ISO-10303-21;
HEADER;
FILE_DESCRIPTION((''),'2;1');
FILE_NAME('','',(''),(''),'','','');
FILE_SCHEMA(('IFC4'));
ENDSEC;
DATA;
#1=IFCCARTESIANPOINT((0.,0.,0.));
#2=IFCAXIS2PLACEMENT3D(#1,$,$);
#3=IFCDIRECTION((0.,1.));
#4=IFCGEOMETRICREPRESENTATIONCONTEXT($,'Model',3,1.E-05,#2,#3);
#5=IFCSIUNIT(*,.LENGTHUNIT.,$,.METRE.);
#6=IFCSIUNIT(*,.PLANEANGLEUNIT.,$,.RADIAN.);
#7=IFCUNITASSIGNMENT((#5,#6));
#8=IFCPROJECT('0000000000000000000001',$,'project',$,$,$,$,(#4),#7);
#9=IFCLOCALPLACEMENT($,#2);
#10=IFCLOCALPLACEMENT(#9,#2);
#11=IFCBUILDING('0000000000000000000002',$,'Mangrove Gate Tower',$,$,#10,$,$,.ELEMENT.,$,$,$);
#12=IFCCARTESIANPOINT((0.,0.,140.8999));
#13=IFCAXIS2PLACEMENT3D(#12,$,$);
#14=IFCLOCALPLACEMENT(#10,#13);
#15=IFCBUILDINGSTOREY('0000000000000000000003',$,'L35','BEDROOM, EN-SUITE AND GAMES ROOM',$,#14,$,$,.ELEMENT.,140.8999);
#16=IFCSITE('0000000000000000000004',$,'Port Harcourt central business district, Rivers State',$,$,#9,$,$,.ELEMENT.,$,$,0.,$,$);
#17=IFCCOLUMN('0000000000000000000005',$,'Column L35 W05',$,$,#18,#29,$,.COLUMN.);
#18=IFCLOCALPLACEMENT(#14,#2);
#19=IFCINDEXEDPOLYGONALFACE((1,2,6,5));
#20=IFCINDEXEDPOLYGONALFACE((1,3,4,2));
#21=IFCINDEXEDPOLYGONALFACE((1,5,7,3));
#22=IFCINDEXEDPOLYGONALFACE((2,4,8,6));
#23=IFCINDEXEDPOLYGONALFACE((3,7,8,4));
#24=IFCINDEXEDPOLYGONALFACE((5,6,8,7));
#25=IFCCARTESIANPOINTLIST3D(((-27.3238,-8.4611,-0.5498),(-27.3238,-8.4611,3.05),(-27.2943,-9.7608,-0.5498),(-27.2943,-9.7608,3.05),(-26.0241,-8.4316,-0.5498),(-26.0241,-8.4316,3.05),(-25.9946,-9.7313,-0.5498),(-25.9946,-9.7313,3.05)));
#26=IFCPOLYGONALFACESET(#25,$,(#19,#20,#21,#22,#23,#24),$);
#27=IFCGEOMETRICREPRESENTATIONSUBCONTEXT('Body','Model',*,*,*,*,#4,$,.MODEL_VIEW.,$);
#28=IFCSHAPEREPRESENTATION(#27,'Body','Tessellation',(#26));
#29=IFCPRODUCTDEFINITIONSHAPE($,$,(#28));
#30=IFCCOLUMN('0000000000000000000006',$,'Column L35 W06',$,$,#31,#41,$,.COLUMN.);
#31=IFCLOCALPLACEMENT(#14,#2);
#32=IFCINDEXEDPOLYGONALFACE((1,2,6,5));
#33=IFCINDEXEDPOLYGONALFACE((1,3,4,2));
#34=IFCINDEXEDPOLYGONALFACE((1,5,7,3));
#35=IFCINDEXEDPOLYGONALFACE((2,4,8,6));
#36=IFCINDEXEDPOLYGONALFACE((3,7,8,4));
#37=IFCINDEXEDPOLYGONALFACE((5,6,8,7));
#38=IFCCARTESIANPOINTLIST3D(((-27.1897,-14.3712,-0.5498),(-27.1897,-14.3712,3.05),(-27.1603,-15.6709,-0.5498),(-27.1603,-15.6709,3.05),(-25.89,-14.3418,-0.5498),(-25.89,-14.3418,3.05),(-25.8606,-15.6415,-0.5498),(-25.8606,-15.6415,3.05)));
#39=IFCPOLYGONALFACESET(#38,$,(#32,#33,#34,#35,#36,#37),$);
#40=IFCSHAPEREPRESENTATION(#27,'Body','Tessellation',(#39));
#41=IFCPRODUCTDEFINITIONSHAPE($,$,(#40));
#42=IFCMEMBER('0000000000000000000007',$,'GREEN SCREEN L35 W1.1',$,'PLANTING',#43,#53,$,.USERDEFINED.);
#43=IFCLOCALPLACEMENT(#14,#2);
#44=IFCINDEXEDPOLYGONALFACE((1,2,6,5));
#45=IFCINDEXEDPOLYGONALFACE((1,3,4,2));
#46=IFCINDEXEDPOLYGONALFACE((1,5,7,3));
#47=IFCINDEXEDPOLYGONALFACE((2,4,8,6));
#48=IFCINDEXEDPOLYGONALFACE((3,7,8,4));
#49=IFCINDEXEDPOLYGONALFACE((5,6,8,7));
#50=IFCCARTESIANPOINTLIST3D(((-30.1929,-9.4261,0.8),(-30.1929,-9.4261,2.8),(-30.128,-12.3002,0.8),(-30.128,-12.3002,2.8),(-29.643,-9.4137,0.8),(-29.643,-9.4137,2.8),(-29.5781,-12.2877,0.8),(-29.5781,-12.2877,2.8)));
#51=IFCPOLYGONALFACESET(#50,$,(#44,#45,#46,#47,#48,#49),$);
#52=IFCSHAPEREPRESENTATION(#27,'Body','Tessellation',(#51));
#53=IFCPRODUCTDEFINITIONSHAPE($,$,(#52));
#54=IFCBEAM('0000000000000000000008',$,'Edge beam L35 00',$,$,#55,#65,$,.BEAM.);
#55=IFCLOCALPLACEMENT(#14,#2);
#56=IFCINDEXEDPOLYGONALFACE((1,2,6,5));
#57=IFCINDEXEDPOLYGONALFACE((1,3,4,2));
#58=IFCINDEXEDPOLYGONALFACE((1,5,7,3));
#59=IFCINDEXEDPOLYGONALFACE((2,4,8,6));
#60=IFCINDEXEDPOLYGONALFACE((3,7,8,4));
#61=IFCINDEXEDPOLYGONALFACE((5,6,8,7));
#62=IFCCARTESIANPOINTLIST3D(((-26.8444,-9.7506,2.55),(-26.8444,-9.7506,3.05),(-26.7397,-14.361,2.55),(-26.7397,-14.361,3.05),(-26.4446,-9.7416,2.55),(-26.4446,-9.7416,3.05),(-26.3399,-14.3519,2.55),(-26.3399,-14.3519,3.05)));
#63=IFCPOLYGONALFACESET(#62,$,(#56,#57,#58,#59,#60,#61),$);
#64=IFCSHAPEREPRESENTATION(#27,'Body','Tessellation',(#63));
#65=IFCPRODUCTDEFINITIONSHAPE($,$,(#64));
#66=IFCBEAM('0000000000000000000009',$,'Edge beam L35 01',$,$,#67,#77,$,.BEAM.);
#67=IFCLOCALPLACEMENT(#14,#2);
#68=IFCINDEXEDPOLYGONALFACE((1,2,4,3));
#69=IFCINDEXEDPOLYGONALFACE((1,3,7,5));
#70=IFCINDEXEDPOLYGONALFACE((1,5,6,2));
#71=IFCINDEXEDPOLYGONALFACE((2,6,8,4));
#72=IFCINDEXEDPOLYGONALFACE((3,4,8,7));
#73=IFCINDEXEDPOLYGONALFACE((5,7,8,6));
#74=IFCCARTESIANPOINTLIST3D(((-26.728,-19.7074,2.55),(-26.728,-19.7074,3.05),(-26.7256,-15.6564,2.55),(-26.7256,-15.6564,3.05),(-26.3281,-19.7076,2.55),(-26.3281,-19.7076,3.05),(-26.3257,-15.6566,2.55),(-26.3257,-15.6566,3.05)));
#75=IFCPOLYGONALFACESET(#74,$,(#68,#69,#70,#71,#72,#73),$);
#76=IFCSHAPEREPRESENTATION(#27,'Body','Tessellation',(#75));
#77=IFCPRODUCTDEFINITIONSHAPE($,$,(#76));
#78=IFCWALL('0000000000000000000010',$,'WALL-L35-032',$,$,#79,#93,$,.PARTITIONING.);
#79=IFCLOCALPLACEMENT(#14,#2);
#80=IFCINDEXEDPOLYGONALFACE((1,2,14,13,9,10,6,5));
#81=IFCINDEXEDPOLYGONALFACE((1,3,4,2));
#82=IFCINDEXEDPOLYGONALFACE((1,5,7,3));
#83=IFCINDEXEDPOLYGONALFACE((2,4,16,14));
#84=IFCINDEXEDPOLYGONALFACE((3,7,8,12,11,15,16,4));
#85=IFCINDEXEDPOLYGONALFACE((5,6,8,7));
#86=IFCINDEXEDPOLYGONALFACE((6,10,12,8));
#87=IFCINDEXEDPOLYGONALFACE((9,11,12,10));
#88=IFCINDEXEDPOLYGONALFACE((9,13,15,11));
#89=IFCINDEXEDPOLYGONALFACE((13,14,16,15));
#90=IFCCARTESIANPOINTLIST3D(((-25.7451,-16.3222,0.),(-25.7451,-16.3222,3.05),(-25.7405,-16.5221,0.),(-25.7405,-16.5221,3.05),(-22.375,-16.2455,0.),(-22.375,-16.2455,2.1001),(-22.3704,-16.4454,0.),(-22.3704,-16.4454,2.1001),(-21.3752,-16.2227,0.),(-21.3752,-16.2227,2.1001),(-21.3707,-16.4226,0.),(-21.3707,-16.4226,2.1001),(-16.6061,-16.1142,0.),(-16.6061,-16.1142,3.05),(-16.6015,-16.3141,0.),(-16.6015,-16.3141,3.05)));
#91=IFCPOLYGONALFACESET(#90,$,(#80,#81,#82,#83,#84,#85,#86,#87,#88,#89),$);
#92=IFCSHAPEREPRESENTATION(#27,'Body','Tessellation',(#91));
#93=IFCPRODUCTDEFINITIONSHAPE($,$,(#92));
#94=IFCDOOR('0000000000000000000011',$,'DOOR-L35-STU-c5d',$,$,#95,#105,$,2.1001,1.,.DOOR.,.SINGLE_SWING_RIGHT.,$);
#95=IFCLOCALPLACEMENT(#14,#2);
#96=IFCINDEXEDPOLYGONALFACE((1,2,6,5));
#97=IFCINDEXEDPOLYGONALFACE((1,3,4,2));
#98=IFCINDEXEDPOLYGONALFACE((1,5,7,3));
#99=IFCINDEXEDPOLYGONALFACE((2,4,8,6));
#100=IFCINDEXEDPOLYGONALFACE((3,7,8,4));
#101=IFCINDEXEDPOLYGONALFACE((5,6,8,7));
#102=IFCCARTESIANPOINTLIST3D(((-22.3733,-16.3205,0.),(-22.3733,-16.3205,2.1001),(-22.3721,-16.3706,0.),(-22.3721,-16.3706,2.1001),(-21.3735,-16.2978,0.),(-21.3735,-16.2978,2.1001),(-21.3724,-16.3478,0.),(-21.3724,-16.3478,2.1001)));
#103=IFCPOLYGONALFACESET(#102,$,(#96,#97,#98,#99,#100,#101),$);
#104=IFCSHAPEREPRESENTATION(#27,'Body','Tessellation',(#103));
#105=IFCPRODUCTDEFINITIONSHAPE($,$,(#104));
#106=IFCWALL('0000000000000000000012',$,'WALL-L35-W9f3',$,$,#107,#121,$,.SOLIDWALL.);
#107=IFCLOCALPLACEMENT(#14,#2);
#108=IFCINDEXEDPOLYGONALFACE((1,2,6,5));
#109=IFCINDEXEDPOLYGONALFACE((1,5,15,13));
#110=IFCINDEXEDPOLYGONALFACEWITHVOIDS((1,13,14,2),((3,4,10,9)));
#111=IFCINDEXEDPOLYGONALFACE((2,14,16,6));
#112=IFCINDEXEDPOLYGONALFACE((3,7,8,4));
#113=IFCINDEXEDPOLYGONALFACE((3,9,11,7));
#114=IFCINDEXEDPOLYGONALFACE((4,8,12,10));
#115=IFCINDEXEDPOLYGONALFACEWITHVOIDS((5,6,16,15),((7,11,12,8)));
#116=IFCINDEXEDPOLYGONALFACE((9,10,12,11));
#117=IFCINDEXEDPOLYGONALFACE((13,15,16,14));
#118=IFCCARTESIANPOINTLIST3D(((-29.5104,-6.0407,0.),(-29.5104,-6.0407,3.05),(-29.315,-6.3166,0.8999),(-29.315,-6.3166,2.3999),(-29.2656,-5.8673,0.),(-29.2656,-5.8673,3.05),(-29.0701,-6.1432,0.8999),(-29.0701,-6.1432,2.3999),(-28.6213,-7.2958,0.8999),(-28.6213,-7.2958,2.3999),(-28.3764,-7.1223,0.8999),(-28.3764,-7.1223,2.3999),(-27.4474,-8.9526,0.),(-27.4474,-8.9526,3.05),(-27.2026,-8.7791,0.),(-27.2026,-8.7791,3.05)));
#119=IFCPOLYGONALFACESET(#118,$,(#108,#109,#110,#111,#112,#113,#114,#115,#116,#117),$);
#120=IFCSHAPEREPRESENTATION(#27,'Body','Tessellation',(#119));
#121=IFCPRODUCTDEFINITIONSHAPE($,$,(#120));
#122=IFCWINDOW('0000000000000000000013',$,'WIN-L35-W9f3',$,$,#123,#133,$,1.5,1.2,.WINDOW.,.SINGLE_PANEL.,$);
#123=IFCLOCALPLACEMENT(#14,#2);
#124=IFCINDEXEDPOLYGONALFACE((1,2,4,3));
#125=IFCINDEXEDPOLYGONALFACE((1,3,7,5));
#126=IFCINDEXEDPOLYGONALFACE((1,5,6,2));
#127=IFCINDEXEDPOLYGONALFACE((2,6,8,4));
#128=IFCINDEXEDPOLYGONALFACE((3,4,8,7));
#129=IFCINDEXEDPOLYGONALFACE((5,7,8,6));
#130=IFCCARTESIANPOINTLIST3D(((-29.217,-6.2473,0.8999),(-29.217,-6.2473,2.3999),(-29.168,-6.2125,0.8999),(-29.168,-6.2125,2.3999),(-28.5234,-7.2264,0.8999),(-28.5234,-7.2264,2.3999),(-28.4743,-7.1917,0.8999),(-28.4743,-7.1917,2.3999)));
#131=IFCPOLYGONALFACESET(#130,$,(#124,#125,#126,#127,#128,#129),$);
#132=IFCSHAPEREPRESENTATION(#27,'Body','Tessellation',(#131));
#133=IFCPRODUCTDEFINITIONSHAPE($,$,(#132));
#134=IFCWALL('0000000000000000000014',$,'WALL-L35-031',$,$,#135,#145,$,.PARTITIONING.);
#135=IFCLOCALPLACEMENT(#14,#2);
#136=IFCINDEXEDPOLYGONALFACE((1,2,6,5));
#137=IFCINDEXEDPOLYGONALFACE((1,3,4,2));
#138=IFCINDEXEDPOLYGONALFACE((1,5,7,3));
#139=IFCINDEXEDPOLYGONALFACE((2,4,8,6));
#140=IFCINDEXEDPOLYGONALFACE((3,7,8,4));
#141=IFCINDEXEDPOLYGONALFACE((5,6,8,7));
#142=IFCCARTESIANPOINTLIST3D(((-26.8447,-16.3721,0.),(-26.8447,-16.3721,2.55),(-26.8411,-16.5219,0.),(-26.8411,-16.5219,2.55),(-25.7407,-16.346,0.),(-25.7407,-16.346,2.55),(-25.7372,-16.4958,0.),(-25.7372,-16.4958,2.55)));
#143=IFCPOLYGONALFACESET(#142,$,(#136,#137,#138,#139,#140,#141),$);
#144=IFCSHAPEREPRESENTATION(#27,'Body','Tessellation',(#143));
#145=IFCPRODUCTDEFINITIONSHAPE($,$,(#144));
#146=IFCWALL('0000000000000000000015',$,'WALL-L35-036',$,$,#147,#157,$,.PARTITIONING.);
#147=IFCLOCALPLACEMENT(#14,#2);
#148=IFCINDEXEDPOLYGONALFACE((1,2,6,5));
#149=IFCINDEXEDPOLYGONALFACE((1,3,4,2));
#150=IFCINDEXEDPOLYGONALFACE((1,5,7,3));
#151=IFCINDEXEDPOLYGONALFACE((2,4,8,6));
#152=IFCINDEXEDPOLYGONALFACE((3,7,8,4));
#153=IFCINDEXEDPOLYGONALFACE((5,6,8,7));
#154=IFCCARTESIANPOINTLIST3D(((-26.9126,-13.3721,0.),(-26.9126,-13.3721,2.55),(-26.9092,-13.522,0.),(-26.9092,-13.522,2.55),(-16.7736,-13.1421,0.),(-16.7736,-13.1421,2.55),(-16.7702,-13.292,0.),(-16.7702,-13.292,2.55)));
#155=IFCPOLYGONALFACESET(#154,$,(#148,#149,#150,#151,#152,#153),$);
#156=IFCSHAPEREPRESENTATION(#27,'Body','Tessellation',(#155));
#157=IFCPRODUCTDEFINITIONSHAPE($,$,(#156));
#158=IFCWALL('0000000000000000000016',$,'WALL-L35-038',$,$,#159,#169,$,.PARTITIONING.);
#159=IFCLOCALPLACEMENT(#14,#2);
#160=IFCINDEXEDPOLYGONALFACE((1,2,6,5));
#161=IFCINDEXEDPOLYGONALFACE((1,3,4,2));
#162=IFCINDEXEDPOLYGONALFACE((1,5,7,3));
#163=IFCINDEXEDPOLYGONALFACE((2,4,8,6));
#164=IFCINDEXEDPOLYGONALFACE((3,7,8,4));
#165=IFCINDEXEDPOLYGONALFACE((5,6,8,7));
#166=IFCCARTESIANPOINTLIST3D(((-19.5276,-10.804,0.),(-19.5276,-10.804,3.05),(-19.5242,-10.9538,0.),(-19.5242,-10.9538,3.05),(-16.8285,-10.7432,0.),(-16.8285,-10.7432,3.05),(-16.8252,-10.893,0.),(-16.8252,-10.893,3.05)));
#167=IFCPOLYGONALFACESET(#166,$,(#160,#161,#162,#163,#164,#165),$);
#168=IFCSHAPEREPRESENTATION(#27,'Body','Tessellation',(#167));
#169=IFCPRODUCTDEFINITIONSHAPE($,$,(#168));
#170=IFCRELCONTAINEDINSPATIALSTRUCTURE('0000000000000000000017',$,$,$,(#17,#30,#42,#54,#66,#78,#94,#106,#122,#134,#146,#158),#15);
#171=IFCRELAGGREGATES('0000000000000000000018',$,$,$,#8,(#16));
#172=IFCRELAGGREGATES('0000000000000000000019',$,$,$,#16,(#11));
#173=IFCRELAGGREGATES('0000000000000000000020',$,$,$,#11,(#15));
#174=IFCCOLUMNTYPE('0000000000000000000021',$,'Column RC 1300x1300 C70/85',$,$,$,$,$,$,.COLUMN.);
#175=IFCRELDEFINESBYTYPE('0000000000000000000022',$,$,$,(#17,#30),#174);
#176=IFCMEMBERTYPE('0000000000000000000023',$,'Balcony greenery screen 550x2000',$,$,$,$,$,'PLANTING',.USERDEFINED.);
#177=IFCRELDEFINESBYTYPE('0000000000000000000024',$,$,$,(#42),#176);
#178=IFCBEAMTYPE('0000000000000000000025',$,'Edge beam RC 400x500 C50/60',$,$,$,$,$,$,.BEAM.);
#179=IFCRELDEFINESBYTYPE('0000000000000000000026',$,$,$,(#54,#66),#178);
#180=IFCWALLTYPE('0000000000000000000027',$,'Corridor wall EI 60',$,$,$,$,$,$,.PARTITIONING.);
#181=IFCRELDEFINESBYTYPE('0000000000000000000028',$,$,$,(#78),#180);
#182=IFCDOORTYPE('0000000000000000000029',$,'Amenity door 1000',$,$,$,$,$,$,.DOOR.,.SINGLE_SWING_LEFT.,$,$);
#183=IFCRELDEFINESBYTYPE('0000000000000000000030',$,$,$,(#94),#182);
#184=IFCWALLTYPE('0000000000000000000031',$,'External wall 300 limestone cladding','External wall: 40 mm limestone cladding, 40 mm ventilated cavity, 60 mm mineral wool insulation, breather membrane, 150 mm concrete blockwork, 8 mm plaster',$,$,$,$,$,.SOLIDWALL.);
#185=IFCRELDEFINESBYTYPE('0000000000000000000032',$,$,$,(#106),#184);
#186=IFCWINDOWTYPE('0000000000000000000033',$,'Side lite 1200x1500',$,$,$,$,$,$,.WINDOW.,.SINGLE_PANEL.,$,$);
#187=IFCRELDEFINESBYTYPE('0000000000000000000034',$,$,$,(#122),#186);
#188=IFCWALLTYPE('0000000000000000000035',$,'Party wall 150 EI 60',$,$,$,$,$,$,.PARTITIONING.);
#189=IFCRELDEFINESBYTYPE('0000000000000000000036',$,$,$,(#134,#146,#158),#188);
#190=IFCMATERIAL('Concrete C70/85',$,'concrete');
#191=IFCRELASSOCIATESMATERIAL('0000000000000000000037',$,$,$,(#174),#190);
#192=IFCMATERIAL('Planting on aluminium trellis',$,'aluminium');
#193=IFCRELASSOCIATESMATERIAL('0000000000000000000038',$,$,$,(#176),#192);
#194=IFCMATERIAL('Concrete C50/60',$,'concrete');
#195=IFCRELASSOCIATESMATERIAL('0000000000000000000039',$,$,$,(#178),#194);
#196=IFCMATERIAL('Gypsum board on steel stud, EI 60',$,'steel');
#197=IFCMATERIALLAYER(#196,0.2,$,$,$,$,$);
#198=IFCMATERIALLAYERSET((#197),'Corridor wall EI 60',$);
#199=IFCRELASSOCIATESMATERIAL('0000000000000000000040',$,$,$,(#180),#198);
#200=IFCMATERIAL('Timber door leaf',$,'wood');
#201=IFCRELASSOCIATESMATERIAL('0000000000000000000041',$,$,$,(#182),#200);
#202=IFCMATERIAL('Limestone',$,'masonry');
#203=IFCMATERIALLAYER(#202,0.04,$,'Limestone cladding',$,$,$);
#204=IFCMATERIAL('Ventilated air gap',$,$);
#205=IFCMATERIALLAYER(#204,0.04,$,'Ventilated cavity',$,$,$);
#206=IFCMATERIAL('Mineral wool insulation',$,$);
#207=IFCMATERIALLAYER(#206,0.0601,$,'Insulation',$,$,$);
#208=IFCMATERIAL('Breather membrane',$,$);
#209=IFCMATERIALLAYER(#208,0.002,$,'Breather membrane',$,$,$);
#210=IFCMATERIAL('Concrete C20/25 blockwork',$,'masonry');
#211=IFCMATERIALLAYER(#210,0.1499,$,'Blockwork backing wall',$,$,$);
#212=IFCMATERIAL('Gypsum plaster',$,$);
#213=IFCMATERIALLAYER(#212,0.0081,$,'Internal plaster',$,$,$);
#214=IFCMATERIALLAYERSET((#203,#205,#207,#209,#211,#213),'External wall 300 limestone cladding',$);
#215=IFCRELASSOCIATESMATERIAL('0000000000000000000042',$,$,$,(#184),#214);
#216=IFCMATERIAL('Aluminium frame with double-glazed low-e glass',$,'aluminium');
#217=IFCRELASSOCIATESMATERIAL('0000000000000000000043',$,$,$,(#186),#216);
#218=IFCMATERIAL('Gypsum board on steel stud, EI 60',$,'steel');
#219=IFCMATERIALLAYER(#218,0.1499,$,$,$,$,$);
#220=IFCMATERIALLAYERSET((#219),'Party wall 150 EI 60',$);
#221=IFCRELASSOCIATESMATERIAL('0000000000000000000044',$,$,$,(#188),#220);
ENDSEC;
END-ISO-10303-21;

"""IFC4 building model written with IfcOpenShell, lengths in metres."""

from ifc_helpers import new_model, si_unit, direction, frame, frame_2d, origin, origin_2d, place, context, subcontext, project, spatial, rectangle, extrude, material, layer, layer_set, material_profile, profile_set, type_object, element, fill, save


model = new_model("IFC4")

# Units and contexts
model_context = context("Model", 3, precision=1e-05, world=origin(), true_north=direction((0.0, 1.0)))
body_context = subcontext(model_context, "Body", "Model", "MODEL_VIEW")
ifc_project = project(units=[si_unit("LENGTHUNIT", "METRE"), si_unit("PLANEANGLEUNIT", "RADIAN")], contexts=[model_context])

# Site, building, storey
site_placement = place(None, origin())
site = spatial("IfcSite", under=ifc_project, at=site_placement, Name="Port Harcourt central business district, Rivers State", CompositionType="ELEMENT", RefElevation=0.0)
building_placement = place(site_placement, origin())
building = spatial("IfcBuilding", under=site, at=building_placement, Name="Mangrove Gate Tower", CompositionType="ELEMENT")
storey_placement = place(building_placement, frame((0.0, 0.0, 140.8999)))
storey = spatial("IfcBuildingStorey", under=building, at=storey_placement, Name="L35", Description="BEDROOM, EN-SUITE AND GAMES ROOM", CompositionType="ELEMENT", Elevation=140.8999)

# Columns
ifc_material_1 = material(Name="Concrete C70/85", Category="concrete")
ifc_material_profile_1 = material_profile(ifc_material_1, rectangle(XDim=1.3, YDim=1.3, at=origin_2d()))
ifc_profile_set_1 = profile_set([ifc_material_profile_1], Name="Concrete C70/85")
column_type = type_object("IfcColumnType", Name="Column RC 1300x1300 C70/85", PredefinedType="COLUMN", material=ifc_profile_set_1)
for number, where, z_axis, x_axis, name in (
    (1, (-26.6592, -9.0962, -0.5498), (0.0, 0.0, 1.0), (0.022682, -0.999743, 0.0), "Column L35 W05"),
    (2, (-26.5251, -15.0063, -0.5498), (0.0, 0.0, 1.0), (0.022666, -0.999743, 0.0), "Column L35 W06"),
):
    element("IfcColumn", number, at=place(storey_placement, frame(where, z_axis=z_axis, x_axis=x_axis)), inside=storey, type_object=column_type, Name=name, PredefinedType="COLUMN", context=body_context, shape_type="SweptSolid", body=[
        extrude(rectangle(XDim=1.3, YDim=1.3, at=origin_2d()), origin(), (0.0, 0.0, 1.0), 3.5999),
    ])

# Member
ifc_material_2 = material(Name="Planting on aluminium trellis", Category="aluminium")
ifc_material_profile_2 = material_profile(ifc_material_2, rectangle(XDim=0.55, YDim=2.0, at=origin_2d()))
ifc_profile_set_2 = profile_set([ifc_material_profile_2], Name="Planting on aluminium trellis")
member_type = type_object("IfcMemberType", Name="Balcony greenery screen 550x2000", ElementType="PLANTING", PredefinedType="USERDEFINED", material=ifc_profile_set_2)
member_placement = place(storey_placement, frame((-29.853, -12.2939, 1.8), z_axis=(-0.02259, 0.999745, 0.0), x_axis=(-0.999745, -0.02259, 0.0)))
element("IfcMember", 3, at=member_placement, inside=storey, type_object=member_type, Name="GREEN SCREEN L35 W1.1", ObjectType="PLANTING", PredefinedType="USERDEFINED", context=body_context, shape_type="SweptSolid", body=[
    extrude(rectangle(XDim=0.55, YDim=2.0, at=origin_2d()), origin(), (0.0, 0.0, 1.0), 2.8748),
])

# Beams
ifc_material_3 = material(Name="Concrete C50/60", Category="concrete")
ifc_material_profile_3 = material_profile(ifc_material_3, rectangle(XDim=0.3999, YDim=0.5, at=origin_2d()))
ifc_profile_set_3 = profile_set([ifc_material_profile_3], Name="Concrete C50/60")
beam_type = type_object("IfcBeamType", Name="Edge beam RC 400x500 C50/60", PredefinedType="BEAM", material=ifc_profile_set_3)
beam_1_placement = place(storey_placement, frame((-26.6445, -9.7461, 2.8), z_axis=(0.022712, -0.999742, 0.0), x_axis=(0.999742, 0.022712, 0.0)))
element("IfcBeam", 4, at=beam_1_placement, inside=storey, type_object=beam_type, Name="Edge beam L35 00", PredefinedType="BEAM", context=body_context, shape_type="SweptSolid", body=[
    extrude(rectangle(XDim=0.3999, YDim=0.5, at=origin_2d()), origin(), (0.0, 0.0, 1.0), 4.6116),
])
beam_2_placement = place(storey_placement, frame((-26.5256, -15.6565, 2.8), z_axis=(-0.000603, -1.0, 0.0), x_axis=(1.0, -0.000603, 0.0)))
element("IfcBeam", 5, at=beam_2_placement, inside=storey, type_object=beam_type, Name="Edge beam L35 01", PredefinedType="BEAM", context=body_context, shape_type="SweptSolid", body=[
    extrude(rectangle(XDim=0.3999, YDim=0.5, at=origin_2d()), origin(), (0.0, 0.0, 1.0), 4.051),
])

# Wall, opening, door
ifc_material_4 = material(Name="Gypsum board on steel stud, EI 60", Category="steel")
ifc_layer_1 = layer(ifc_material_4, 0.2)
ifc_layer_set_1 = layer_set([ifc_layer_1], Name="Corridor wall EI 60")
wall_type_1 = type_object("IfcWallType", Name="Corridor wall EI 60", PredefinedType="PARTITIONING", material=ifc_layer_set_1)
wall_1_placement = place(storey_placement, frame((-25.7429, -16.4221, 0.0), z_axis=(0.0, 0.0, 1.0), x_axis=(0.999741, 0.022755, 0.0)))
wall_1 = element("IfcWall", 6, at=wall_1_placement, inside=storey, type_object=wall_type_1, Name="WALL-L35-032", PredefinedType="PARTITIONING", context=body_context, shape_type="SweptSolid", body=[
    extrude(rectangle(XDim=9.1414, YDim=0.2, at=frame_2d((4.5708, 0.0))), origin(), (0.0, 0.0, 1.0), 3.05),
])
opening_1_placement = place(wall_1_placement, frame((3.3711, 0.0, 0.0)))
opening_1 = element("IfcOpeningElement", 7, at=opening_1_placement, cuts=wall_1, PredefinedType="OPENING", context=body_context, shape_type="SweptSolid", body=[
    extrude(rectangle(XDim=1.0, YDim=2.1001, at=frame_2d((0.5, 1.05))), frame((0.0, 0.1099, 0.0), z_axis=(0.0, -1.0, 0.0), x_axis=(1.0, 0.0, 0.0)), (0.0, 0.0, 1.0), 0.22),
])
ifc_material_5 = material(Name="Timber door leaf", Category="wood")
door_type_1 = type_object("IfcDoorType", Name="Amenity door 1000", OperationType="SINGLE_SWING_LEFT", PredefinedType="DOOR", material=ifc_material_5)
door_1_placement = place(opening_1_placement, origin())
door_1 = element("IfcDoor", 8, at=door_1_placement, inside=storey, type_object=door_type_1, Name="DOOR-L35-STU-c5d", OperationType="SINGLE_SWING_RIGHT", OverallHeight=2.1001, OverallWidth=1.0, PredefinedType="DOOR", context=body_context, shape_type="SweptSolid", body=[
    extrude(rectangle(XDim=1.0, YDim=2.1001, at=frame_2d((0.5, 1.05))), frame((0.0, 0.0249, 0.0), z_axis=(0.0, -1.0, 0.0), x_axis=(1.0, 0.0, 0.0)), (0.0, 0.0, 1.0), 0.05),
])
fill(opening_1, door_1)

# Wall, opening, window
ifc_material_6 = material(Name="Limestone", Category="masonry")
ifc_layer_2 = layer(ifc_material_6, 0.04, Name="Limestone cladding")
ifc_material_7 = material(Name="Ventilated air gap")
ifc_layer_3 = layer(ifc_material_7, 0.04, Name="Ventilated cavity")
ifc_material_8 = material(Name="Mineral wool insulation")
ifc_layer_4 = layer(ifc_material_8, 0.0601, Name="Insulation")
ifc_material_9 = material(Name="Breather membrane")
ifc_layer_5 = layer(ifc_material_9, 0.002, Name="Breather membrane")
ifc_material_10 = material(Name="Concrete C20/25 blockwork", Category="masonry")
ifc_layer_6 = layer(ifc_material_10, 0.1499, Name="Blockwork backing wall")
ifc_material_11 = material(Name="Gypsum plaster")
ifc_layer_7 = layer(ifc_material_11, 0.0081, Name="Internal plaster")
ifc_layer_set_2 = layer_set([ifc_layer_2, ifc_layer_3, ifc_layer_4, ifc_layer_5, ifc_layer_6, ifc_layer_7], Name="External wall 300 limestone cladding")
wall_type_2 = type_object("IfcWallType", Name="External wall 300 limestone cladding", Description="External wall: 40 mm limestone cladding, 40 mm ventilated cavity, 60 mm mineral wool insulation, breather membrane, 150 mm concrete blockwork, 8 mm plaster", PredefinedType="SOLIDWALL", material=ifc_layer_set_2)
wall_2_placement = place(storey_placement, frame((-29.3879, -5.9541, 0.0), z_axis=(0.0, 0.0, 1.0), x_axis=(0.578095, -0.815969, 0.0)))
wall_2 = element("IfcWall", 9, at=wall_2_placement, inside=storey, type_object=wall_type_2, Name="WALL-L35-W9f3", PredefinedType="SOLIDWALL", context=body_context, shape_type="SweptSolid", body=[
    extrude(rectangle(XDim=3.5686, YDim=0.3, at=frame_2d((1.7842, 0.0))), origin(), (0.0, 0.0, 1.0), 3.05),
])
opening_2_placement = place(wall_2_placement, frame((0.3379, 0.0, 0.8999)))
opening_2 = element("IfcOpeningElement", 10, at=opening_2_placement, cuts=wall_2, PredefinedType="OPENING", context=body_context, shape_type="SweptSolid", body=[
    extrude(rectangle(XDim=1.2, YDim=1.5, at=frame_2d((0.6001, 0.75))), frame((0.0, 0.1599, 0.0), z_axis=(0.0, -1.0, 0.0), x_axis=(1.0, 0.0, 0.0)), (0.0, 0.0, 1.0), 0.3201),
])
ifc_material_12 = material(Name="Aluminium frame with double-glazed low-e glass", Category="aluminium")
window_type_1 = type_object("IfcWindowType", Name="Side lite 1200x1500", PartitioningType="SINGLE_PANEL", PredefinedType="WINDOW", material=ifc_material_12)
window_1_placement = place(opening_2_placement, origin())
window_1 = element("IfcWindow", 11, at=window_1_placement, inside=storey, type_object=window_type_1, Name="WIN-L35-W9f3", OverallHeight=1.5, OverallWidth=1.2, PartitioningType="SINGLE_PANEL", PredefinedType="WINDOW", context=body_context, shape_type="SweptSolid", body=[
    extrude(rectangle(XDim=1.2, YDim=1.5, at=frame_2d((0.6001, 0.75))), frame((0.0, 0.03, 0.0), z_axis=(0.0, -1.0, 0.0), x_axis=(1.0, 0.0, 0.0)), (0.0, 0.0, 1.0), 0.0601),
])
fill(opening_2, window_1)

# Walls
ifc_material_13 = material(Name="Gypsum board on steel stud, EI 60", Category="steel")
ifc_layer_8 = layer(ifc_material_13, 0.1499)
ifc_layer_set_3 = layer_set([ifc_layer_8], Name="Party wall 150 EI 60")
wall_type_3 = type_object("IfcWallType", Name="Party wall 150 EI 60", PredefinedType="PARTITIONING", material=ifc_layer_set_3)
wall_3_placement = place(storey_placement, frame((-26.843, -16.447, 0.0), z_axis=(0.0, 0.0, 1.0), x_axis=(0.99972, 0.023655, 0.0)))
element("IfcWall", 12, at=wall_3_placement, inside=storey, type_object=wall_type_3, Name="WALL-L35-031", PredefinedType="PARTITIONING", context=body_context, shape_type="SweptSolid", body=[
    extrude(rectangle(XDim=1.1042, YDim=0.1499, at=frame_2d((0.5522, 0.0))), origin(), (0.0, 0.0, 1.0), 2.55),
])
wall_4_placement = place(storey_placement, frame((-26.9109, -13.447, 0.0), z_axis=(0.0, 0.0, 1.0), x_axis=(0.999743, 0.022677, 0.0)))
element("IfcWall", 13, at=wall_4_placement, inside=storey, type_object=wall_type_3, Name="WALL-L35-036", PredefinedType="PARTITIONING", context=body_context, shape_type="SweptSolid", body=[
    extrude(rectangle(XDim=10.1416, YDim=0.1499, at=frame_2d((5.0708, 0.0))), origin(), (0.0, 0.0, 1.0), 2.55),
])
wall_5_placement = place(storey_placement, frame((-19.5259, -10.8789, 0.0), z_axis=(0.0, 0.0, 1.0), x_axis=(0.999746, 0.022518, 0.0)))
element("IfcWall", 14, at=wall_5_placement, inside=storey, type_object=wall_type_3, Name="WALL-L35-038", PredefinedType="PARTITIONING", context=body_context, shape_type="SweptSolid", body=[
    extrude(rectangle(XDim=2.6997, YDim=0.1499, at=frame_2d((1.3499, 0.0))), origin(), (0.0, 0.0, 1.0), 3.05),
])

save(model, "model.ifc")
